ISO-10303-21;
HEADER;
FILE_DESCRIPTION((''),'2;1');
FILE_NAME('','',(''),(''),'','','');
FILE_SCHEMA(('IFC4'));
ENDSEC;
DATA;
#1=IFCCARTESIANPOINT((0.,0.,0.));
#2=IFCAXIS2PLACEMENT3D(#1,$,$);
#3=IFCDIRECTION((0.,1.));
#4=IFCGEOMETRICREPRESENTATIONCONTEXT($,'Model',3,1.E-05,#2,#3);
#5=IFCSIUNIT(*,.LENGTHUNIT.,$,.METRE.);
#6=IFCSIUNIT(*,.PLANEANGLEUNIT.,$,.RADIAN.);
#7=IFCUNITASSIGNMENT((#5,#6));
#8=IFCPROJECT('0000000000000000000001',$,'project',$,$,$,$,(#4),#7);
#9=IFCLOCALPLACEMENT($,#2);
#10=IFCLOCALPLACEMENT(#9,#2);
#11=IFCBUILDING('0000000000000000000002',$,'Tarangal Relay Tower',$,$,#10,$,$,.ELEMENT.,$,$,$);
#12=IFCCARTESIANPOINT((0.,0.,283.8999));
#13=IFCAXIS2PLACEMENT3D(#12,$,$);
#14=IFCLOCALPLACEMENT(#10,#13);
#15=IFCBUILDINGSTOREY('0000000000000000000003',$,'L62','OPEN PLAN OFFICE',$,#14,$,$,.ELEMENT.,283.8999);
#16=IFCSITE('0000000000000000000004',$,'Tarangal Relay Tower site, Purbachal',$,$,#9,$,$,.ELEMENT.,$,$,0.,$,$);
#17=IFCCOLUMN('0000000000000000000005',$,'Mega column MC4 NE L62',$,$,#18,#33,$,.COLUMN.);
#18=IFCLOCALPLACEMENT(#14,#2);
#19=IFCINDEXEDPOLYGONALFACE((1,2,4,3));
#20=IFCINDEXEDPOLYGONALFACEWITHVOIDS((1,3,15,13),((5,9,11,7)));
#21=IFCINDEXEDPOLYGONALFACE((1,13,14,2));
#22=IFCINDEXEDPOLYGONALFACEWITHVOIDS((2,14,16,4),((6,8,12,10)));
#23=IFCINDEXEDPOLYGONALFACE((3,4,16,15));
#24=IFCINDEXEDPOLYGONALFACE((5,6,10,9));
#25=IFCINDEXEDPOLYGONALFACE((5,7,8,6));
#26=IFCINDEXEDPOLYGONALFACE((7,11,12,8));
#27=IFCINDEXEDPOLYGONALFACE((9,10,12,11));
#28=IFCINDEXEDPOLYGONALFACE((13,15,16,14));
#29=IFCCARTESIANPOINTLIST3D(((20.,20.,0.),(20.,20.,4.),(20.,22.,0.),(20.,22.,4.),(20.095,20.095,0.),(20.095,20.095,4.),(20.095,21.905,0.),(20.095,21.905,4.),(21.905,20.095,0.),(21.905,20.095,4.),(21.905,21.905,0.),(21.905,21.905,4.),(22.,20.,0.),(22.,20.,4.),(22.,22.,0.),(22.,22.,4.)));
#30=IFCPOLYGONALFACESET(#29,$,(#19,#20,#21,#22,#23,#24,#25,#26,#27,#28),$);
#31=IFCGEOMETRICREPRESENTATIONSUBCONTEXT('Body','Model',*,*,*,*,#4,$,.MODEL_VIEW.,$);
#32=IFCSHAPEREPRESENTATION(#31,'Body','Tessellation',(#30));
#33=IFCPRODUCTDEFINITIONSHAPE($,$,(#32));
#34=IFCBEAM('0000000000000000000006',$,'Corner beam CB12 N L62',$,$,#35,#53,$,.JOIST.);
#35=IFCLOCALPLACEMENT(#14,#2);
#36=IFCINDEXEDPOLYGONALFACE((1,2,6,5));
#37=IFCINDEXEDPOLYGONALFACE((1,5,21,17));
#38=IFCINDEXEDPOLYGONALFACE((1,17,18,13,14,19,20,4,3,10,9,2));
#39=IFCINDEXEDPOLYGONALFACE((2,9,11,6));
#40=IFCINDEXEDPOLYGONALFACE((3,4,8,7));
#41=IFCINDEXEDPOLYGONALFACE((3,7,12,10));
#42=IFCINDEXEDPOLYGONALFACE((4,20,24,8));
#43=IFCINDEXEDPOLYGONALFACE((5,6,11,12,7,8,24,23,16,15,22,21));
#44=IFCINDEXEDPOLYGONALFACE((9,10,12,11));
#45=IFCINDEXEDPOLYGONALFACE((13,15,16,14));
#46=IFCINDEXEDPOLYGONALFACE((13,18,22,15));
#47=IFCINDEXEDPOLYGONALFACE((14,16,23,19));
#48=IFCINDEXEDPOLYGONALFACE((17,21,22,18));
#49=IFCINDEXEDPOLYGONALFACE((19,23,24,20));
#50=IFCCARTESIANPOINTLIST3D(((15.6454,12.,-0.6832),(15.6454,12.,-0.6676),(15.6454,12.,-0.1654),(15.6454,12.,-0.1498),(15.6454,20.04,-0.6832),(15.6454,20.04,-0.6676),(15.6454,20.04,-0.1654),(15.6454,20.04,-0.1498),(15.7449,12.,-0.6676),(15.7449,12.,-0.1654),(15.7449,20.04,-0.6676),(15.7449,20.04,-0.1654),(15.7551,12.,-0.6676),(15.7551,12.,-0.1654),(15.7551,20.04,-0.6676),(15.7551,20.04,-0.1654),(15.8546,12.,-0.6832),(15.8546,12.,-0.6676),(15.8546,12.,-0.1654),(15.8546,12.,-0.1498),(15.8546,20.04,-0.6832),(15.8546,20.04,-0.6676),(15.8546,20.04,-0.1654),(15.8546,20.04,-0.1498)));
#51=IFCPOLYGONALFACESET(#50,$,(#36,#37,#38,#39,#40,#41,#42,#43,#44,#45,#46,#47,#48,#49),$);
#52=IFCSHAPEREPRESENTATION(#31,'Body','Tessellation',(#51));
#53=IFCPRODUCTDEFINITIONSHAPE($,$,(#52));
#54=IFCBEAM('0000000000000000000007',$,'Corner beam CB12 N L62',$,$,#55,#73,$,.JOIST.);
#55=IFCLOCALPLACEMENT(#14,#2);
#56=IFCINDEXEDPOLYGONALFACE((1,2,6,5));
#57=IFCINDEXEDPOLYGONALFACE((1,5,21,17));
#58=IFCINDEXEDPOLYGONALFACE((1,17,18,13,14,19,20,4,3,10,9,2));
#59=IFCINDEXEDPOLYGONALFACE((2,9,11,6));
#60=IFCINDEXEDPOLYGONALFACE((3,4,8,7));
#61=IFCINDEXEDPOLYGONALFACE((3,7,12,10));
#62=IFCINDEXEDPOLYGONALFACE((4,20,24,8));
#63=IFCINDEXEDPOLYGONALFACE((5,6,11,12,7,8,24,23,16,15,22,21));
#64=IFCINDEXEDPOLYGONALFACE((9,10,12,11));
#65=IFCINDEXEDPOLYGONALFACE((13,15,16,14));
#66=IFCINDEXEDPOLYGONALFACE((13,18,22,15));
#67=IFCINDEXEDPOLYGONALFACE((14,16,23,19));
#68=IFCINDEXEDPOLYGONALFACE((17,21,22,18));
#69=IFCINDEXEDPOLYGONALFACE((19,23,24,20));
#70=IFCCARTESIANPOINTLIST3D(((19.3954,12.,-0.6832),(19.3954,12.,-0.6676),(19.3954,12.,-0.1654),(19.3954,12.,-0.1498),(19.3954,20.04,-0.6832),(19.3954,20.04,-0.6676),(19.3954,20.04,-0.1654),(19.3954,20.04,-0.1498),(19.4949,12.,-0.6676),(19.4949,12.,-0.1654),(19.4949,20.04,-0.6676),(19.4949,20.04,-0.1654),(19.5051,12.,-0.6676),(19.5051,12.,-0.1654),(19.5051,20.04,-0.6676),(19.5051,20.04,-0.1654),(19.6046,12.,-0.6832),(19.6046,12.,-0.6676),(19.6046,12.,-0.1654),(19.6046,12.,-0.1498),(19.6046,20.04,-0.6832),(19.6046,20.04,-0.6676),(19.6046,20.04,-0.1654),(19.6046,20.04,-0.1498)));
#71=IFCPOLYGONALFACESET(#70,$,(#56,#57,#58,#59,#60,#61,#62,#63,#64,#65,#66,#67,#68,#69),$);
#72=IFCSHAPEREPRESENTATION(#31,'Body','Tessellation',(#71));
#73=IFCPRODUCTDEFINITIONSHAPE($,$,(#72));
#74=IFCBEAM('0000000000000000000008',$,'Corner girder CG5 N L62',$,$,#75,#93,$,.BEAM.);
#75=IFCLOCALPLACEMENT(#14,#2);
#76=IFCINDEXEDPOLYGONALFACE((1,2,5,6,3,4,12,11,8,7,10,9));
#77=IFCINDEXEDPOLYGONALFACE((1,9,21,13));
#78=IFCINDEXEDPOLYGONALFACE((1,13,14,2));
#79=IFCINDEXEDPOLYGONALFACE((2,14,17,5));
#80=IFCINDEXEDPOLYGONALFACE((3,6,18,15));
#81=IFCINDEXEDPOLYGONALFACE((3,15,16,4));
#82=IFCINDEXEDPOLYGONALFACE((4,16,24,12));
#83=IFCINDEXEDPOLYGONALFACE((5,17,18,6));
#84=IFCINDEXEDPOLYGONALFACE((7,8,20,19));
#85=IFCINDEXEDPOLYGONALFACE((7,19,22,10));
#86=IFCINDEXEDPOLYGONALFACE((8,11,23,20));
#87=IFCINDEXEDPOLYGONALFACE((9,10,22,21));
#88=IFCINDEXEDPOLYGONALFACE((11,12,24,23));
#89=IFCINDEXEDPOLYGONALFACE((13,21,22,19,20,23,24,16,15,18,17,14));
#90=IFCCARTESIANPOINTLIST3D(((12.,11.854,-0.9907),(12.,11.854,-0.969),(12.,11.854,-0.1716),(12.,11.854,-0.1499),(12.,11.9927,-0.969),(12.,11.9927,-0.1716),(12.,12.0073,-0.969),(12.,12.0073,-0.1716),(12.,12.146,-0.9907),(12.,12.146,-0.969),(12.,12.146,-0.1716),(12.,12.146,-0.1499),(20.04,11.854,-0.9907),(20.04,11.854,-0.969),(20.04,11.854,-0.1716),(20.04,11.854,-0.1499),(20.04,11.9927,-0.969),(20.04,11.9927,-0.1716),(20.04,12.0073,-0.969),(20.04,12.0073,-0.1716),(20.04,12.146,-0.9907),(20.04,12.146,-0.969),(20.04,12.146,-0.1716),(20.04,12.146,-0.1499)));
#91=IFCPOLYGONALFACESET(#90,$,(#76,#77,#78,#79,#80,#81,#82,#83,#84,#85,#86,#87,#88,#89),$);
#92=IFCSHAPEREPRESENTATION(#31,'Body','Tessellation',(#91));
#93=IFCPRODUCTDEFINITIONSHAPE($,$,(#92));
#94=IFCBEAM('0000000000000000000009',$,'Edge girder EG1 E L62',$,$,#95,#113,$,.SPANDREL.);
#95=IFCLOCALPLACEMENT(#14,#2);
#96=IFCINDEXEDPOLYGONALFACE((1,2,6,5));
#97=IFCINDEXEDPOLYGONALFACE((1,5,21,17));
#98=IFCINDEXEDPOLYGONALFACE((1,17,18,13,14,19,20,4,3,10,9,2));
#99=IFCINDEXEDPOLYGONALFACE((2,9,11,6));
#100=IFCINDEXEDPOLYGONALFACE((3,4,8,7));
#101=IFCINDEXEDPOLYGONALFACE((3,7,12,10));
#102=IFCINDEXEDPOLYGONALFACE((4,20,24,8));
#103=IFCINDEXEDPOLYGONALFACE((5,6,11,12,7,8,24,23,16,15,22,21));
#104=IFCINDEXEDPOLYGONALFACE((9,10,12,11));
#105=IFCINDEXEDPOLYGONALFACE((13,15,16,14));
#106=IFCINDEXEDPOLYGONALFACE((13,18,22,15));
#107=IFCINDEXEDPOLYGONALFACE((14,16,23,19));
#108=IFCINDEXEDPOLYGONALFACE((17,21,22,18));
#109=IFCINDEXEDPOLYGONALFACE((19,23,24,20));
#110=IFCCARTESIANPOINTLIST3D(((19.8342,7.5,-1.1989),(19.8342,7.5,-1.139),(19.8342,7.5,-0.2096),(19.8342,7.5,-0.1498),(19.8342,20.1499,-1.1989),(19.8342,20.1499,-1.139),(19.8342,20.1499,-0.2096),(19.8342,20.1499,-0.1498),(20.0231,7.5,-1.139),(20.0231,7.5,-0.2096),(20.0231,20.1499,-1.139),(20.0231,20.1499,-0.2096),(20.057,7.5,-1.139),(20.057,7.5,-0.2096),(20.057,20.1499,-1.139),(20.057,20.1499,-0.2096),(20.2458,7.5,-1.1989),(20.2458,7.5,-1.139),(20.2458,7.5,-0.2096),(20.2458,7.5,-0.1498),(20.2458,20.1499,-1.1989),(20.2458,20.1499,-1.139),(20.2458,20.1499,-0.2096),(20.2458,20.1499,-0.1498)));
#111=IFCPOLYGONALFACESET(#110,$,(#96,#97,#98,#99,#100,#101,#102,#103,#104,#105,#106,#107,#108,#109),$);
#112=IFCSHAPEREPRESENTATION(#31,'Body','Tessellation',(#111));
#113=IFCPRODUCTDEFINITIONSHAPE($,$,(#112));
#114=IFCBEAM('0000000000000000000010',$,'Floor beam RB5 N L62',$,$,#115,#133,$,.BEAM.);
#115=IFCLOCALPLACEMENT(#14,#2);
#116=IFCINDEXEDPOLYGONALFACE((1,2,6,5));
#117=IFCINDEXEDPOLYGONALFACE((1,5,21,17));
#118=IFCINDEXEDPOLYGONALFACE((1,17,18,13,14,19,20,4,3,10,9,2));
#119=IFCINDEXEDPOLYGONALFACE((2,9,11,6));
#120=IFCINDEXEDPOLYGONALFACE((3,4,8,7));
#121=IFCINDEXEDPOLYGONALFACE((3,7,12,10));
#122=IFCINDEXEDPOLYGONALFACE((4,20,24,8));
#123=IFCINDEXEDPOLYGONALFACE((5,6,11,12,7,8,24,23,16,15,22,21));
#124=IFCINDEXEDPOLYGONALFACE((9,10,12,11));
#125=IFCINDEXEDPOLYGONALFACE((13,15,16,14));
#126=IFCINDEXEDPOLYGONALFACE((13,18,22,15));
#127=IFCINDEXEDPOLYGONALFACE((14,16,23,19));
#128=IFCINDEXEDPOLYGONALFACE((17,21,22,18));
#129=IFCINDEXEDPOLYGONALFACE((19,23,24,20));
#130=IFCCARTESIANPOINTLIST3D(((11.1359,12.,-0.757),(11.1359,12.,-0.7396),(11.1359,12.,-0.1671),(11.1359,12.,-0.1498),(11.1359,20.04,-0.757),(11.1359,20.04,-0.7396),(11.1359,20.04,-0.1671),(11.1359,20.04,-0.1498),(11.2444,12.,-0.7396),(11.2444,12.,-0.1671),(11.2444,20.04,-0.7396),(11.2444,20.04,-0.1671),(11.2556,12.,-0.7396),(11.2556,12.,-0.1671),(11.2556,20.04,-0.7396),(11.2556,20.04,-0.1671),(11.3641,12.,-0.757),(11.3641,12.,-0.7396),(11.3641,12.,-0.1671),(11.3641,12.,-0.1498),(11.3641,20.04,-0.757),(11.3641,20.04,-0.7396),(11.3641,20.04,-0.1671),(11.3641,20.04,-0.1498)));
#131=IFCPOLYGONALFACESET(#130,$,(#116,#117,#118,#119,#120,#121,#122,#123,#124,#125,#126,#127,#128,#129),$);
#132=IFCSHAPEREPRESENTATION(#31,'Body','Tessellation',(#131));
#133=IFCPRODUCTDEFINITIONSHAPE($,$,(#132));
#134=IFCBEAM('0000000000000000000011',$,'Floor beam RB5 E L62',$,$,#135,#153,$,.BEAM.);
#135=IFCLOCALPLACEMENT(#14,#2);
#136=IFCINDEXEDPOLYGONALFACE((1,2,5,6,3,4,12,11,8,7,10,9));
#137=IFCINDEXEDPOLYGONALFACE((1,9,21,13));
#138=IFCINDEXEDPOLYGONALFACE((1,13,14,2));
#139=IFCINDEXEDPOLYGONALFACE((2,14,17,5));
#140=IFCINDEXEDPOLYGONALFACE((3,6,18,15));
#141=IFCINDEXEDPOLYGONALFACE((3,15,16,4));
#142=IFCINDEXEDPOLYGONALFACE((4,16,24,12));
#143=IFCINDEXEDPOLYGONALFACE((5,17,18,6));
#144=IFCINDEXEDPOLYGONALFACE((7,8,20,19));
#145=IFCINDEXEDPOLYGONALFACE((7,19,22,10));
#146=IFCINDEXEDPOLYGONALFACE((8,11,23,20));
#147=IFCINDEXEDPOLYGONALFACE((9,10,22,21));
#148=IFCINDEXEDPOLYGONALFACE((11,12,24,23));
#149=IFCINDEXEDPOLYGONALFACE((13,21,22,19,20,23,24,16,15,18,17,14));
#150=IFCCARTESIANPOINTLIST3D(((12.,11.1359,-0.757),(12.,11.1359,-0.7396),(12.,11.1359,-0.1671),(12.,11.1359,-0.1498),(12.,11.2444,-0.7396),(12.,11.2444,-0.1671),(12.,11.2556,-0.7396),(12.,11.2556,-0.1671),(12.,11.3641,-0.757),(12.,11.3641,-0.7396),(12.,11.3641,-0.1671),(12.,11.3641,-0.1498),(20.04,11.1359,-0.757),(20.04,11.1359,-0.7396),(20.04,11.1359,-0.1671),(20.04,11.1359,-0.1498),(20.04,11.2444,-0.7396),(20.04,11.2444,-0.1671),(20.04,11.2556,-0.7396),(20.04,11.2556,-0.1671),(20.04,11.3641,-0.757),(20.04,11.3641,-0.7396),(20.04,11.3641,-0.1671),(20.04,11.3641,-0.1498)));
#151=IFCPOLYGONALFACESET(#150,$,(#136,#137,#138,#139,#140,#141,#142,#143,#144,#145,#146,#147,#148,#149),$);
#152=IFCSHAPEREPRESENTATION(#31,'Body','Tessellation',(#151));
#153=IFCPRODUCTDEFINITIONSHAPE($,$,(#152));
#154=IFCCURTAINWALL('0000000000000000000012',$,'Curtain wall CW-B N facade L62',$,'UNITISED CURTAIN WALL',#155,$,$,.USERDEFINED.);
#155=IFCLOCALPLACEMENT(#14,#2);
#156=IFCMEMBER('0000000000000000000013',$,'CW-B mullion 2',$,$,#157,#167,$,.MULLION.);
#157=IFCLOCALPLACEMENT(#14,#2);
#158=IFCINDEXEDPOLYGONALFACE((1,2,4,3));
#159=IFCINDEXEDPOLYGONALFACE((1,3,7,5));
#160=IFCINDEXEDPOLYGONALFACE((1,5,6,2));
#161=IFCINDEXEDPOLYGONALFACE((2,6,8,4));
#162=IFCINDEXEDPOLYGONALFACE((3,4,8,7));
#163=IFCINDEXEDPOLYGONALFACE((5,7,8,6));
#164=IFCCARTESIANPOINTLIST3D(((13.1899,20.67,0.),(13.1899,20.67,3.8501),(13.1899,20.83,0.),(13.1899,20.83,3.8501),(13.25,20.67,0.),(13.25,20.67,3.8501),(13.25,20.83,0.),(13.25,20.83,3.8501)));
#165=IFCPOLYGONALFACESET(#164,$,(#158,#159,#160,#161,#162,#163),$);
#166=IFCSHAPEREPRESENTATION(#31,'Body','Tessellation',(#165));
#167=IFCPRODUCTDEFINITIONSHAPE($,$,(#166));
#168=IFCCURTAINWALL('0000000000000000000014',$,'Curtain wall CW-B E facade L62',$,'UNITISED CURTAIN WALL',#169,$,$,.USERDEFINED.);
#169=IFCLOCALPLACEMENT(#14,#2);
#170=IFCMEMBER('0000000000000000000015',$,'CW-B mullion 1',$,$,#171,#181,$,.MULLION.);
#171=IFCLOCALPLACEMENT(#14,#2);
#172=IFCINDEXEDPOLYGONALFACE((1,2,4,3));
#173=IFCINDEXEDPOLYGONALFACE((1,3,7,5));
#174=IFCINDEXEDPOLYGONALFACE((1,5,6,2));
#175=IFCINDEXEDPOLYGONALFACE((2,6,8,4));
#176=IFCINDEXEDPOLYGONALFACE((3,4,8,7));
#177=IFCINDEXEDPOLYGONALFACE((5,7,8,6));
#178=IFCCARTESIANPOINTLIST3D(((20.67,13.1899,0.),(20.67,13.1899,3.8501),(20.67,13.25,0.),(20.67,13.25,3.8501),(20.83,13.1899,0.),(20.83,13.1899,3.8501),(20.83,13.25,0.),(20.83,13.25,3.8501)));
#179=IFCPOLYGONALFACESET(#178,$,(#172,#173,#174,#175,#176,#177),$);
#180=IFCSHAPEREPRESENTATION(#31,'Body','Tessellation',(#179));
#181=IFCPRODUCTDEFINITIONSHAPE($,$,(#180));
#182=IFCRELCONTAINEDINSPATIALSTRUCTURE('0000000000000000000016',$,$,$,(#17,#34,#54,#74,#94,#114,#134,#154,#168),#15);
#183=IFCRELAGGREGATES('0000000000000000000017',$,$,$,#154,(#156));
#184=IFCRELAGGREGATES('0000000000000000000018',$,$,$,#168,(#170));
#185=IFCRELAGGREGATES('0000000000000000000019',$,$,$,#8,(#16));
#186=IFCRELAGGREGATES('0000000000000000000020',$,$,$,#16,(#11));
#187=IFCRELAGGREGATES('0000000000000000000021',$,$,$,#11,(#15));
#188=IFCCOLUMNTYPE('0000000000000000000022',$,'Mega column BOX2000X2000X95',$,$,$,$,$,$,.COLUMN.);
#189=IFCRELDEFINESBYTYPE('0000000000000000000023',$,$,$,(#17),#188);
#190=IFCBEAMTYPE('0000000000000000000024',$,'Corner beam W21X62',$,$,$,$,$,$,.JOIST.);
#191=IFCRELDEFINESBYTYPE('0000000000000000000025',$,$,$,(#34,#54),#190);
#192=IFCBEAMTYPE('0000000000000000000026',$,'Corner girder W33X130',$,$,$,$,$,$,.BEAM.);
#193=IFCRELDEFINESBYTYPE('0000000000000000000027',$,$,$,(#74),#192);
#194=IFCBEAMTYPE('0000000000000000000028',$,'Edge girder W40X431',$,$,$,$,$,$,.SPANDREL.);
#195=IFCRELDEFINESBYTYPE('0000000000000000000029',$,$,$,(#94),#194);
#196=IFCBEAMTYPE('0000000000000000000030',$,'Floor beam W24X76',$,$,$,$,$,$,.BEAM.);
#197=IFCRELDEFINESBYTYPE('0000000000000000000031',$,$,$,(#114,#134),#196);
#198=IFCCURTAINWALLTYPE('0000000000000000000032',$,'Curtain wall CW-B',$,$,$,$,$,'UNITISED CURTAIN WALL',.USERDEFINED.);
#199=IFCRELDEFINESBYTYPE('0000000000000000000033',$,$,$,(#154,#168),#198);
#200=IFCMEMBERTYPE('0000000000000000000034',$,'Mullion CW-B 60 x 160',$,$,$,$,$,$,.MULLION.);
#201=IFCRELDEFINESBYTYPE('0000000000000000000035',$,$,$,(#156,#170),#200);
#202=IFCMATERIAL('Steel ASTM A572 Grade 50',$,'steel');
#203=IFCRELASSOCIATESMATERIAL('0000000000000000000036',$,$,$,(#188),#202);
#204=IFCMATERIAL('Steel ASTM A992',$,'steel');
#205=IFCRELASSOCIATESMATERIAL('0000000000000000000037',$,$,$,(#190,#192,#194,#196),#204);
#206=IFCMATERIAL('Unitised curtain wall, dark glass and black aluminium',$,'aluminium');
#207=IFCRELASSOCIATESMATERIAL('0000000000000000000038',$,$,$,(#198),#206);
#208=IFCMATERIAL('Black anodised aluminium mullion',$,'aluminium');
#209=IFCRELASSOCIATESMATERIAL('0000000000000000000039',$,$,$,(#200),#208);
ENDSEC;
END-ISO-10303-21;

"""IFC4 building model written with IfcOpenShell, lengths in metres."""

from ifc_helpers import new_model, si_unit, direction, frame, origin, origin_2d, place, context, subcontext, project, spatial, rectangle, hollow_rectangle, i_section, extrude, material, material_profile, profile_set, type_object, element, aggregate, save


model = new_model("IFC4")

# Units and contexts
model_context = context("Model", 3, precision=1e-05, world=origin(), true_north=direction((0.0, 1.0)))
body_context = subcontext(model_context, "Body", "Model", "MODEL_VIEW")
ifc_project = project(units=[si_unit("LENGTHUNIT", "METRE"), si_unit("PLANEANGLEUNIT", "RADIAN")], contexts=[model_context])

# Site, building, storey
site_placement = place(None, origin())
site = spatial("IfcSite", under=ifc_project, at=site_placement, Name="Tarangal Relay Tower site, Purbachal", CompositionType="ELEMENT", RefElevation=0.0)
building_placement = place(site_placement, origin())
building = spatial("IfcBuilding", under=site, at=building_placement, Name="Tarangal Relay Tower", CompositionType="ELEMENT")
storey_placement = place(building_placement, frame((0.0, 0.0, 283.8999)))
storey = spatial("IfcBuildingStorey", under=building, at=storey_placement, Name="L62", Description="OPEN PLAN OFFICE", CompositionType="ELEMENT", Elevation=283.8999)

# Column
ifc_material_1 = material(Name="Steel ASTM A572 Grade 50", Category="steel")
ifc_material_profile_1 = material_profile(ifc_material_1, hollow_rectangle(XDim=2.0, YDim=2.0, WallThickness=0.095, at=origin_2d()), Name="BOX2000X2000X95")
ifc_profile_set_1 = profile_set([ifc_material_profile_1], Name="Steel ASTM A572 Grade 50")
column_type = type_object("IfcColumnType", Name="Mega column BOX2000X2000X95", PredefinedType="COLUMN", material=ifc_profile_set_1)
column_placement = place(storey_placement, frame((21.0, 21.0, 0.0), z_axis=(0.0, 0.0, 1.0), x_axis=(1.0, 0.0, 0.0)))
element("IfcColumn", 1, at=column_placement, inside=storey, type_object=column_type, Name="Mega column MC4 NE L62", PredefinedType="COLUMN", context=body_context, shape_type="SweptSolid", body=[
    extrude(hollow_rectangle(XDim=2.0, YDim=2.0, WallThickness=0.095, at=origin_2d()), origin(), (0.0, 0.0, 1.0), 4.0),
])

# Beams
ifc_material_2 = material(Name="Steel ASTM A992", Category="steel")
ifc_material_profile_2 = material_profile(ifc_material_2, i_section(OverallWidth=0.2092, OverallDepth=0.5334, WebThickness=0.0103, FlangeThickness=0.0156, at=origin_2d()), Name="W21X62")
ifc_profile_set_2 = profile_set([ifc_material_profile_2], Name="Steel ASTM A992")
beam_type_1 = type_object("IfcBeamType", Name="Corner beam W21X62", PredefinedType="JOIST", material=ifc_profile_set_2)
for number, where, z_axis, x_axis, name in (
    (2, (15.75, 12.0, -0.4165), (0.0, 1.0, 0.0), (-1.0, 0.0, 0.0), "Corner beam CB12 N L62"),
    (3, (19.5, 12.0, -0.4165), (0.0, 1.0, 0.0), (-1.0, 0.0, 0.0), "Corner beam CB12 N L62"),
):
    element("IfcBeam", number, at=place(storey_placement, frame(where, z_axis=z_axis, x_axis=x_axis)), inside=storey, type_object=beam_type_1, Name=name, PredefinedType="JOIST", context=body_context, shape_type="SweptSolid", body=[
        extrude(i_section(OverallWidth=0.2092, OverallDepth=0.5334, WebThickness=0.0103, FlangeThickness=0.0156, at=origin_2d()), origin(), (0.0, 0.0, 1.0), 8.04),
    ])
ifc_material_profile_3 = material_profile(ifc_material_2, i_section(OverallWidth=0.292, OverallDepth=0.8408, WebThickness=0.0146, FlangeThickness=0.0217, at=origin_2d()), Name="W33X130")
ifc_profile_set_3 = profile_set([ifc_material_profile_3], Name="Steel ASTM A992")
beam_type_2 = type_object("IfcBeamType", Name="Corner girder W33X130", PredefinedType="BEAM", material=ifc_profile_set_3)
beam_1_placement = place(storey_placement, frame((12.0, 12.0, -0.5703), z_axis=(1.0, 0.0, 0.0), x_axis=(0.0, 1.0, 0.0)))
element("IfcBeam", 4, at=beam_1_placement, inside=storey, type_object=beam_type_2, Name="Corner girder CG5 N L62", PredefinedType="BEAM", context=body_context, shape_type="SweptSolid", body=[
    extrude(i_section(OverallWidth=0.292, OverallDepth=0.8408, WebThickness=0.0146, FlangeThickness=0.0217, at=origin_2d()), origin(), (0.0, 0.0, 1.0), 8.04),
])
ifc_material_profile_4 = material_profile(ifc_material_2, i_section(OverallWidth=0.4116, OverallDepth=1.0491, WebThickness=0.0339, FlangeThickness=0.0598, at=origin_2d()), Name="W40X431")
ifc_profile_set_4 = profile_set([ifc_material_profile_4], Name="Steel ASTM A992")
beam_type_3 = type_object("IfcBeamType", Name="Edge girder W40X431", PredefinedType="SPANDREL", material=ifc_profile_set_4)
beam_2_placement = place(storey_placement, frame((20.04, 20.1499, -0.6743), z_axis=(0.0, -1.0, 0.0), x_axis=(1.0, 0.0, 0.0)))
element("IfcBeam", 5, at=beam_2_placement, inside=storey, type_object=beam_type_3, Name="Edge girder EG1 E L62", PredefinedType="SPANDREL", context=body_context, shape_type="SweptSolid", body=[
    extrude(i_section(OverallWidth=0.4116, OverallDepth=1.0491, WebThickness=0.0339, FlangeThickness=0.0598, at=origin_2d()), origin(), (0.0, 0.0, 1.0), 12.6499),
])
ifc_material_profile_5 = material_profile(ifc_material_2, i_section(OverallWidth=0.2283, OverallDepth=0.6072, WebThickness=0.0112, FlangeThickness=0.0173, at=origin_2d()), Name="W24X76")
ifc_profile_set_5 = profile_set([ifc_material_profile_5], Name="Steel ASTM A992")
beam_type_4 = type_object("IfcBeamType", Name="Floor beam W24X76", PredefinedType="BEAM", material=ifc_profile_set_5)
for number, where, z_axis, x_axis, name in (
    (6, (11.25, 12.0, -0.4534), (0.0, 1.0, 0.0), (-1.0, 0.0, 0.0), "Floor beam RB5 N L62"),
    (7, (12.0, 11.25, -0.4534), (1.0, 0.0, 0.0), (0.0, 1.0, 0.0), "Floor beam RB5 E L62"),
):
    element("IfcBeam", number, at=place(storey_placement, frame(where, z_axis=z_axis, x_axis=x_axis)), inside=storey, type_object=beam_type_4, Name=name, PredefinedType="BEAM", context=body_context, shape_type="SweptSolid", body=[
        extrude(i_section(OverallWidth=0.2283, OverallDepth=0.6072, WebThickness=0.0112, FlangeThickness=0.0173, at=origin_2d()), origin(), (0.0, 0.0, 1.0), 8.04),
    ])

# Curtain wall, member
ifc_material_3 = material(Name="Unitised curtain wall, dark glass and black aluminium", Category="aluminium")
curtain_wall_type_1 = type_object("IfcCurtainWallType", Name="Curtain wall CW-B", ElementType="UNITISED CURTAIN WALL", PredefinedType="USERDEFINED", material=ifc_material_3)
curtain_wall_1_placement = place(storey_placement, origin())
curtain_wall_1 = element("IfcCurtainWall", 8, at=curtain_wall_1_placement, inside=storey, type_object=curtain_wall_type_1, Name="Curtain wall CW-B N facade L62", ObjectType="UNITISED CURTAIN WALL", PredefinedType="USERDEFINED")
ifc_material_4 = material(Name="Black anodised aluminium mullion", Category="aluminium")
ifc_material_profile_6 = material_profile(ifc_material_4, rectangle(XDim=0.1599, YDim=0.0601, at=origin_2d()), Name="CW-BM 60X160")
ifc_profile_set_6 = profile_set([ifc_material_profile_6], Name="Black anodised aluminium mullion")
member_type_1 = type_object("IfcMemberType", Name="Mullion CW-B 60 x 160", PredefinedType="MULLION", material=ifc_profile_set_6)
member_1_placement = place(storey_placement, frame((13.22, 20.75, 0.0), z_axis=(0.0, 0.0, 1.0), x_axis=(0.0, 1.0, 0.0)))
member_1 = element("IfcMember", 9, at=member_1_placement, type_object=member_type_1, Name="CW-B mullion 2", PredefinedType="MULLION", context=body_context, shape_type="SweptSolid", body=[
    extrude(rectangle(XDim=0.1599, YDim=0.0601, at=origin_2d()), origin(), (0.0, 0.0, 1.0), 3.8501),
])

# Curtain wall, member
curtain_wall_2_placement = place(storey_placement, origin())
curtain_wall_2 = element("IfcCurtainWall", 10, at=curtain_wall_2_placement, inside=storey, type_object=curtain_wall_type_1, Name="Curtain wall CW-B E facade L62", ObjectType="UNITISED CURTAIN WALL", PredefinedType="USERDEFINED")
member_2_placement = place(storey_placement, frame((20.75, 13.22, 0.0), z_axis=(0.0, 0.0, 1.0), x_axis=(1.0, 0.0, 0.0)))
member_2 = element("IfcMember", 11, at=member_2_placement, type_object=member_type_1, Name="CW-B mullion 1", PredefinedType="MULLION", context=body_context, shape_type="SweptSolid", body=[
    extrude(rectangle(XDim=0.1599, YDim=0.0601, at=origin_2d()), origin(), (0.0, 0.0, 1.0), 3.8501),
])

aggregate(curtain_wall_1, [member_1])
aggregate(curtain_wall_2, [member_2])

save(model, "model.ifc")
